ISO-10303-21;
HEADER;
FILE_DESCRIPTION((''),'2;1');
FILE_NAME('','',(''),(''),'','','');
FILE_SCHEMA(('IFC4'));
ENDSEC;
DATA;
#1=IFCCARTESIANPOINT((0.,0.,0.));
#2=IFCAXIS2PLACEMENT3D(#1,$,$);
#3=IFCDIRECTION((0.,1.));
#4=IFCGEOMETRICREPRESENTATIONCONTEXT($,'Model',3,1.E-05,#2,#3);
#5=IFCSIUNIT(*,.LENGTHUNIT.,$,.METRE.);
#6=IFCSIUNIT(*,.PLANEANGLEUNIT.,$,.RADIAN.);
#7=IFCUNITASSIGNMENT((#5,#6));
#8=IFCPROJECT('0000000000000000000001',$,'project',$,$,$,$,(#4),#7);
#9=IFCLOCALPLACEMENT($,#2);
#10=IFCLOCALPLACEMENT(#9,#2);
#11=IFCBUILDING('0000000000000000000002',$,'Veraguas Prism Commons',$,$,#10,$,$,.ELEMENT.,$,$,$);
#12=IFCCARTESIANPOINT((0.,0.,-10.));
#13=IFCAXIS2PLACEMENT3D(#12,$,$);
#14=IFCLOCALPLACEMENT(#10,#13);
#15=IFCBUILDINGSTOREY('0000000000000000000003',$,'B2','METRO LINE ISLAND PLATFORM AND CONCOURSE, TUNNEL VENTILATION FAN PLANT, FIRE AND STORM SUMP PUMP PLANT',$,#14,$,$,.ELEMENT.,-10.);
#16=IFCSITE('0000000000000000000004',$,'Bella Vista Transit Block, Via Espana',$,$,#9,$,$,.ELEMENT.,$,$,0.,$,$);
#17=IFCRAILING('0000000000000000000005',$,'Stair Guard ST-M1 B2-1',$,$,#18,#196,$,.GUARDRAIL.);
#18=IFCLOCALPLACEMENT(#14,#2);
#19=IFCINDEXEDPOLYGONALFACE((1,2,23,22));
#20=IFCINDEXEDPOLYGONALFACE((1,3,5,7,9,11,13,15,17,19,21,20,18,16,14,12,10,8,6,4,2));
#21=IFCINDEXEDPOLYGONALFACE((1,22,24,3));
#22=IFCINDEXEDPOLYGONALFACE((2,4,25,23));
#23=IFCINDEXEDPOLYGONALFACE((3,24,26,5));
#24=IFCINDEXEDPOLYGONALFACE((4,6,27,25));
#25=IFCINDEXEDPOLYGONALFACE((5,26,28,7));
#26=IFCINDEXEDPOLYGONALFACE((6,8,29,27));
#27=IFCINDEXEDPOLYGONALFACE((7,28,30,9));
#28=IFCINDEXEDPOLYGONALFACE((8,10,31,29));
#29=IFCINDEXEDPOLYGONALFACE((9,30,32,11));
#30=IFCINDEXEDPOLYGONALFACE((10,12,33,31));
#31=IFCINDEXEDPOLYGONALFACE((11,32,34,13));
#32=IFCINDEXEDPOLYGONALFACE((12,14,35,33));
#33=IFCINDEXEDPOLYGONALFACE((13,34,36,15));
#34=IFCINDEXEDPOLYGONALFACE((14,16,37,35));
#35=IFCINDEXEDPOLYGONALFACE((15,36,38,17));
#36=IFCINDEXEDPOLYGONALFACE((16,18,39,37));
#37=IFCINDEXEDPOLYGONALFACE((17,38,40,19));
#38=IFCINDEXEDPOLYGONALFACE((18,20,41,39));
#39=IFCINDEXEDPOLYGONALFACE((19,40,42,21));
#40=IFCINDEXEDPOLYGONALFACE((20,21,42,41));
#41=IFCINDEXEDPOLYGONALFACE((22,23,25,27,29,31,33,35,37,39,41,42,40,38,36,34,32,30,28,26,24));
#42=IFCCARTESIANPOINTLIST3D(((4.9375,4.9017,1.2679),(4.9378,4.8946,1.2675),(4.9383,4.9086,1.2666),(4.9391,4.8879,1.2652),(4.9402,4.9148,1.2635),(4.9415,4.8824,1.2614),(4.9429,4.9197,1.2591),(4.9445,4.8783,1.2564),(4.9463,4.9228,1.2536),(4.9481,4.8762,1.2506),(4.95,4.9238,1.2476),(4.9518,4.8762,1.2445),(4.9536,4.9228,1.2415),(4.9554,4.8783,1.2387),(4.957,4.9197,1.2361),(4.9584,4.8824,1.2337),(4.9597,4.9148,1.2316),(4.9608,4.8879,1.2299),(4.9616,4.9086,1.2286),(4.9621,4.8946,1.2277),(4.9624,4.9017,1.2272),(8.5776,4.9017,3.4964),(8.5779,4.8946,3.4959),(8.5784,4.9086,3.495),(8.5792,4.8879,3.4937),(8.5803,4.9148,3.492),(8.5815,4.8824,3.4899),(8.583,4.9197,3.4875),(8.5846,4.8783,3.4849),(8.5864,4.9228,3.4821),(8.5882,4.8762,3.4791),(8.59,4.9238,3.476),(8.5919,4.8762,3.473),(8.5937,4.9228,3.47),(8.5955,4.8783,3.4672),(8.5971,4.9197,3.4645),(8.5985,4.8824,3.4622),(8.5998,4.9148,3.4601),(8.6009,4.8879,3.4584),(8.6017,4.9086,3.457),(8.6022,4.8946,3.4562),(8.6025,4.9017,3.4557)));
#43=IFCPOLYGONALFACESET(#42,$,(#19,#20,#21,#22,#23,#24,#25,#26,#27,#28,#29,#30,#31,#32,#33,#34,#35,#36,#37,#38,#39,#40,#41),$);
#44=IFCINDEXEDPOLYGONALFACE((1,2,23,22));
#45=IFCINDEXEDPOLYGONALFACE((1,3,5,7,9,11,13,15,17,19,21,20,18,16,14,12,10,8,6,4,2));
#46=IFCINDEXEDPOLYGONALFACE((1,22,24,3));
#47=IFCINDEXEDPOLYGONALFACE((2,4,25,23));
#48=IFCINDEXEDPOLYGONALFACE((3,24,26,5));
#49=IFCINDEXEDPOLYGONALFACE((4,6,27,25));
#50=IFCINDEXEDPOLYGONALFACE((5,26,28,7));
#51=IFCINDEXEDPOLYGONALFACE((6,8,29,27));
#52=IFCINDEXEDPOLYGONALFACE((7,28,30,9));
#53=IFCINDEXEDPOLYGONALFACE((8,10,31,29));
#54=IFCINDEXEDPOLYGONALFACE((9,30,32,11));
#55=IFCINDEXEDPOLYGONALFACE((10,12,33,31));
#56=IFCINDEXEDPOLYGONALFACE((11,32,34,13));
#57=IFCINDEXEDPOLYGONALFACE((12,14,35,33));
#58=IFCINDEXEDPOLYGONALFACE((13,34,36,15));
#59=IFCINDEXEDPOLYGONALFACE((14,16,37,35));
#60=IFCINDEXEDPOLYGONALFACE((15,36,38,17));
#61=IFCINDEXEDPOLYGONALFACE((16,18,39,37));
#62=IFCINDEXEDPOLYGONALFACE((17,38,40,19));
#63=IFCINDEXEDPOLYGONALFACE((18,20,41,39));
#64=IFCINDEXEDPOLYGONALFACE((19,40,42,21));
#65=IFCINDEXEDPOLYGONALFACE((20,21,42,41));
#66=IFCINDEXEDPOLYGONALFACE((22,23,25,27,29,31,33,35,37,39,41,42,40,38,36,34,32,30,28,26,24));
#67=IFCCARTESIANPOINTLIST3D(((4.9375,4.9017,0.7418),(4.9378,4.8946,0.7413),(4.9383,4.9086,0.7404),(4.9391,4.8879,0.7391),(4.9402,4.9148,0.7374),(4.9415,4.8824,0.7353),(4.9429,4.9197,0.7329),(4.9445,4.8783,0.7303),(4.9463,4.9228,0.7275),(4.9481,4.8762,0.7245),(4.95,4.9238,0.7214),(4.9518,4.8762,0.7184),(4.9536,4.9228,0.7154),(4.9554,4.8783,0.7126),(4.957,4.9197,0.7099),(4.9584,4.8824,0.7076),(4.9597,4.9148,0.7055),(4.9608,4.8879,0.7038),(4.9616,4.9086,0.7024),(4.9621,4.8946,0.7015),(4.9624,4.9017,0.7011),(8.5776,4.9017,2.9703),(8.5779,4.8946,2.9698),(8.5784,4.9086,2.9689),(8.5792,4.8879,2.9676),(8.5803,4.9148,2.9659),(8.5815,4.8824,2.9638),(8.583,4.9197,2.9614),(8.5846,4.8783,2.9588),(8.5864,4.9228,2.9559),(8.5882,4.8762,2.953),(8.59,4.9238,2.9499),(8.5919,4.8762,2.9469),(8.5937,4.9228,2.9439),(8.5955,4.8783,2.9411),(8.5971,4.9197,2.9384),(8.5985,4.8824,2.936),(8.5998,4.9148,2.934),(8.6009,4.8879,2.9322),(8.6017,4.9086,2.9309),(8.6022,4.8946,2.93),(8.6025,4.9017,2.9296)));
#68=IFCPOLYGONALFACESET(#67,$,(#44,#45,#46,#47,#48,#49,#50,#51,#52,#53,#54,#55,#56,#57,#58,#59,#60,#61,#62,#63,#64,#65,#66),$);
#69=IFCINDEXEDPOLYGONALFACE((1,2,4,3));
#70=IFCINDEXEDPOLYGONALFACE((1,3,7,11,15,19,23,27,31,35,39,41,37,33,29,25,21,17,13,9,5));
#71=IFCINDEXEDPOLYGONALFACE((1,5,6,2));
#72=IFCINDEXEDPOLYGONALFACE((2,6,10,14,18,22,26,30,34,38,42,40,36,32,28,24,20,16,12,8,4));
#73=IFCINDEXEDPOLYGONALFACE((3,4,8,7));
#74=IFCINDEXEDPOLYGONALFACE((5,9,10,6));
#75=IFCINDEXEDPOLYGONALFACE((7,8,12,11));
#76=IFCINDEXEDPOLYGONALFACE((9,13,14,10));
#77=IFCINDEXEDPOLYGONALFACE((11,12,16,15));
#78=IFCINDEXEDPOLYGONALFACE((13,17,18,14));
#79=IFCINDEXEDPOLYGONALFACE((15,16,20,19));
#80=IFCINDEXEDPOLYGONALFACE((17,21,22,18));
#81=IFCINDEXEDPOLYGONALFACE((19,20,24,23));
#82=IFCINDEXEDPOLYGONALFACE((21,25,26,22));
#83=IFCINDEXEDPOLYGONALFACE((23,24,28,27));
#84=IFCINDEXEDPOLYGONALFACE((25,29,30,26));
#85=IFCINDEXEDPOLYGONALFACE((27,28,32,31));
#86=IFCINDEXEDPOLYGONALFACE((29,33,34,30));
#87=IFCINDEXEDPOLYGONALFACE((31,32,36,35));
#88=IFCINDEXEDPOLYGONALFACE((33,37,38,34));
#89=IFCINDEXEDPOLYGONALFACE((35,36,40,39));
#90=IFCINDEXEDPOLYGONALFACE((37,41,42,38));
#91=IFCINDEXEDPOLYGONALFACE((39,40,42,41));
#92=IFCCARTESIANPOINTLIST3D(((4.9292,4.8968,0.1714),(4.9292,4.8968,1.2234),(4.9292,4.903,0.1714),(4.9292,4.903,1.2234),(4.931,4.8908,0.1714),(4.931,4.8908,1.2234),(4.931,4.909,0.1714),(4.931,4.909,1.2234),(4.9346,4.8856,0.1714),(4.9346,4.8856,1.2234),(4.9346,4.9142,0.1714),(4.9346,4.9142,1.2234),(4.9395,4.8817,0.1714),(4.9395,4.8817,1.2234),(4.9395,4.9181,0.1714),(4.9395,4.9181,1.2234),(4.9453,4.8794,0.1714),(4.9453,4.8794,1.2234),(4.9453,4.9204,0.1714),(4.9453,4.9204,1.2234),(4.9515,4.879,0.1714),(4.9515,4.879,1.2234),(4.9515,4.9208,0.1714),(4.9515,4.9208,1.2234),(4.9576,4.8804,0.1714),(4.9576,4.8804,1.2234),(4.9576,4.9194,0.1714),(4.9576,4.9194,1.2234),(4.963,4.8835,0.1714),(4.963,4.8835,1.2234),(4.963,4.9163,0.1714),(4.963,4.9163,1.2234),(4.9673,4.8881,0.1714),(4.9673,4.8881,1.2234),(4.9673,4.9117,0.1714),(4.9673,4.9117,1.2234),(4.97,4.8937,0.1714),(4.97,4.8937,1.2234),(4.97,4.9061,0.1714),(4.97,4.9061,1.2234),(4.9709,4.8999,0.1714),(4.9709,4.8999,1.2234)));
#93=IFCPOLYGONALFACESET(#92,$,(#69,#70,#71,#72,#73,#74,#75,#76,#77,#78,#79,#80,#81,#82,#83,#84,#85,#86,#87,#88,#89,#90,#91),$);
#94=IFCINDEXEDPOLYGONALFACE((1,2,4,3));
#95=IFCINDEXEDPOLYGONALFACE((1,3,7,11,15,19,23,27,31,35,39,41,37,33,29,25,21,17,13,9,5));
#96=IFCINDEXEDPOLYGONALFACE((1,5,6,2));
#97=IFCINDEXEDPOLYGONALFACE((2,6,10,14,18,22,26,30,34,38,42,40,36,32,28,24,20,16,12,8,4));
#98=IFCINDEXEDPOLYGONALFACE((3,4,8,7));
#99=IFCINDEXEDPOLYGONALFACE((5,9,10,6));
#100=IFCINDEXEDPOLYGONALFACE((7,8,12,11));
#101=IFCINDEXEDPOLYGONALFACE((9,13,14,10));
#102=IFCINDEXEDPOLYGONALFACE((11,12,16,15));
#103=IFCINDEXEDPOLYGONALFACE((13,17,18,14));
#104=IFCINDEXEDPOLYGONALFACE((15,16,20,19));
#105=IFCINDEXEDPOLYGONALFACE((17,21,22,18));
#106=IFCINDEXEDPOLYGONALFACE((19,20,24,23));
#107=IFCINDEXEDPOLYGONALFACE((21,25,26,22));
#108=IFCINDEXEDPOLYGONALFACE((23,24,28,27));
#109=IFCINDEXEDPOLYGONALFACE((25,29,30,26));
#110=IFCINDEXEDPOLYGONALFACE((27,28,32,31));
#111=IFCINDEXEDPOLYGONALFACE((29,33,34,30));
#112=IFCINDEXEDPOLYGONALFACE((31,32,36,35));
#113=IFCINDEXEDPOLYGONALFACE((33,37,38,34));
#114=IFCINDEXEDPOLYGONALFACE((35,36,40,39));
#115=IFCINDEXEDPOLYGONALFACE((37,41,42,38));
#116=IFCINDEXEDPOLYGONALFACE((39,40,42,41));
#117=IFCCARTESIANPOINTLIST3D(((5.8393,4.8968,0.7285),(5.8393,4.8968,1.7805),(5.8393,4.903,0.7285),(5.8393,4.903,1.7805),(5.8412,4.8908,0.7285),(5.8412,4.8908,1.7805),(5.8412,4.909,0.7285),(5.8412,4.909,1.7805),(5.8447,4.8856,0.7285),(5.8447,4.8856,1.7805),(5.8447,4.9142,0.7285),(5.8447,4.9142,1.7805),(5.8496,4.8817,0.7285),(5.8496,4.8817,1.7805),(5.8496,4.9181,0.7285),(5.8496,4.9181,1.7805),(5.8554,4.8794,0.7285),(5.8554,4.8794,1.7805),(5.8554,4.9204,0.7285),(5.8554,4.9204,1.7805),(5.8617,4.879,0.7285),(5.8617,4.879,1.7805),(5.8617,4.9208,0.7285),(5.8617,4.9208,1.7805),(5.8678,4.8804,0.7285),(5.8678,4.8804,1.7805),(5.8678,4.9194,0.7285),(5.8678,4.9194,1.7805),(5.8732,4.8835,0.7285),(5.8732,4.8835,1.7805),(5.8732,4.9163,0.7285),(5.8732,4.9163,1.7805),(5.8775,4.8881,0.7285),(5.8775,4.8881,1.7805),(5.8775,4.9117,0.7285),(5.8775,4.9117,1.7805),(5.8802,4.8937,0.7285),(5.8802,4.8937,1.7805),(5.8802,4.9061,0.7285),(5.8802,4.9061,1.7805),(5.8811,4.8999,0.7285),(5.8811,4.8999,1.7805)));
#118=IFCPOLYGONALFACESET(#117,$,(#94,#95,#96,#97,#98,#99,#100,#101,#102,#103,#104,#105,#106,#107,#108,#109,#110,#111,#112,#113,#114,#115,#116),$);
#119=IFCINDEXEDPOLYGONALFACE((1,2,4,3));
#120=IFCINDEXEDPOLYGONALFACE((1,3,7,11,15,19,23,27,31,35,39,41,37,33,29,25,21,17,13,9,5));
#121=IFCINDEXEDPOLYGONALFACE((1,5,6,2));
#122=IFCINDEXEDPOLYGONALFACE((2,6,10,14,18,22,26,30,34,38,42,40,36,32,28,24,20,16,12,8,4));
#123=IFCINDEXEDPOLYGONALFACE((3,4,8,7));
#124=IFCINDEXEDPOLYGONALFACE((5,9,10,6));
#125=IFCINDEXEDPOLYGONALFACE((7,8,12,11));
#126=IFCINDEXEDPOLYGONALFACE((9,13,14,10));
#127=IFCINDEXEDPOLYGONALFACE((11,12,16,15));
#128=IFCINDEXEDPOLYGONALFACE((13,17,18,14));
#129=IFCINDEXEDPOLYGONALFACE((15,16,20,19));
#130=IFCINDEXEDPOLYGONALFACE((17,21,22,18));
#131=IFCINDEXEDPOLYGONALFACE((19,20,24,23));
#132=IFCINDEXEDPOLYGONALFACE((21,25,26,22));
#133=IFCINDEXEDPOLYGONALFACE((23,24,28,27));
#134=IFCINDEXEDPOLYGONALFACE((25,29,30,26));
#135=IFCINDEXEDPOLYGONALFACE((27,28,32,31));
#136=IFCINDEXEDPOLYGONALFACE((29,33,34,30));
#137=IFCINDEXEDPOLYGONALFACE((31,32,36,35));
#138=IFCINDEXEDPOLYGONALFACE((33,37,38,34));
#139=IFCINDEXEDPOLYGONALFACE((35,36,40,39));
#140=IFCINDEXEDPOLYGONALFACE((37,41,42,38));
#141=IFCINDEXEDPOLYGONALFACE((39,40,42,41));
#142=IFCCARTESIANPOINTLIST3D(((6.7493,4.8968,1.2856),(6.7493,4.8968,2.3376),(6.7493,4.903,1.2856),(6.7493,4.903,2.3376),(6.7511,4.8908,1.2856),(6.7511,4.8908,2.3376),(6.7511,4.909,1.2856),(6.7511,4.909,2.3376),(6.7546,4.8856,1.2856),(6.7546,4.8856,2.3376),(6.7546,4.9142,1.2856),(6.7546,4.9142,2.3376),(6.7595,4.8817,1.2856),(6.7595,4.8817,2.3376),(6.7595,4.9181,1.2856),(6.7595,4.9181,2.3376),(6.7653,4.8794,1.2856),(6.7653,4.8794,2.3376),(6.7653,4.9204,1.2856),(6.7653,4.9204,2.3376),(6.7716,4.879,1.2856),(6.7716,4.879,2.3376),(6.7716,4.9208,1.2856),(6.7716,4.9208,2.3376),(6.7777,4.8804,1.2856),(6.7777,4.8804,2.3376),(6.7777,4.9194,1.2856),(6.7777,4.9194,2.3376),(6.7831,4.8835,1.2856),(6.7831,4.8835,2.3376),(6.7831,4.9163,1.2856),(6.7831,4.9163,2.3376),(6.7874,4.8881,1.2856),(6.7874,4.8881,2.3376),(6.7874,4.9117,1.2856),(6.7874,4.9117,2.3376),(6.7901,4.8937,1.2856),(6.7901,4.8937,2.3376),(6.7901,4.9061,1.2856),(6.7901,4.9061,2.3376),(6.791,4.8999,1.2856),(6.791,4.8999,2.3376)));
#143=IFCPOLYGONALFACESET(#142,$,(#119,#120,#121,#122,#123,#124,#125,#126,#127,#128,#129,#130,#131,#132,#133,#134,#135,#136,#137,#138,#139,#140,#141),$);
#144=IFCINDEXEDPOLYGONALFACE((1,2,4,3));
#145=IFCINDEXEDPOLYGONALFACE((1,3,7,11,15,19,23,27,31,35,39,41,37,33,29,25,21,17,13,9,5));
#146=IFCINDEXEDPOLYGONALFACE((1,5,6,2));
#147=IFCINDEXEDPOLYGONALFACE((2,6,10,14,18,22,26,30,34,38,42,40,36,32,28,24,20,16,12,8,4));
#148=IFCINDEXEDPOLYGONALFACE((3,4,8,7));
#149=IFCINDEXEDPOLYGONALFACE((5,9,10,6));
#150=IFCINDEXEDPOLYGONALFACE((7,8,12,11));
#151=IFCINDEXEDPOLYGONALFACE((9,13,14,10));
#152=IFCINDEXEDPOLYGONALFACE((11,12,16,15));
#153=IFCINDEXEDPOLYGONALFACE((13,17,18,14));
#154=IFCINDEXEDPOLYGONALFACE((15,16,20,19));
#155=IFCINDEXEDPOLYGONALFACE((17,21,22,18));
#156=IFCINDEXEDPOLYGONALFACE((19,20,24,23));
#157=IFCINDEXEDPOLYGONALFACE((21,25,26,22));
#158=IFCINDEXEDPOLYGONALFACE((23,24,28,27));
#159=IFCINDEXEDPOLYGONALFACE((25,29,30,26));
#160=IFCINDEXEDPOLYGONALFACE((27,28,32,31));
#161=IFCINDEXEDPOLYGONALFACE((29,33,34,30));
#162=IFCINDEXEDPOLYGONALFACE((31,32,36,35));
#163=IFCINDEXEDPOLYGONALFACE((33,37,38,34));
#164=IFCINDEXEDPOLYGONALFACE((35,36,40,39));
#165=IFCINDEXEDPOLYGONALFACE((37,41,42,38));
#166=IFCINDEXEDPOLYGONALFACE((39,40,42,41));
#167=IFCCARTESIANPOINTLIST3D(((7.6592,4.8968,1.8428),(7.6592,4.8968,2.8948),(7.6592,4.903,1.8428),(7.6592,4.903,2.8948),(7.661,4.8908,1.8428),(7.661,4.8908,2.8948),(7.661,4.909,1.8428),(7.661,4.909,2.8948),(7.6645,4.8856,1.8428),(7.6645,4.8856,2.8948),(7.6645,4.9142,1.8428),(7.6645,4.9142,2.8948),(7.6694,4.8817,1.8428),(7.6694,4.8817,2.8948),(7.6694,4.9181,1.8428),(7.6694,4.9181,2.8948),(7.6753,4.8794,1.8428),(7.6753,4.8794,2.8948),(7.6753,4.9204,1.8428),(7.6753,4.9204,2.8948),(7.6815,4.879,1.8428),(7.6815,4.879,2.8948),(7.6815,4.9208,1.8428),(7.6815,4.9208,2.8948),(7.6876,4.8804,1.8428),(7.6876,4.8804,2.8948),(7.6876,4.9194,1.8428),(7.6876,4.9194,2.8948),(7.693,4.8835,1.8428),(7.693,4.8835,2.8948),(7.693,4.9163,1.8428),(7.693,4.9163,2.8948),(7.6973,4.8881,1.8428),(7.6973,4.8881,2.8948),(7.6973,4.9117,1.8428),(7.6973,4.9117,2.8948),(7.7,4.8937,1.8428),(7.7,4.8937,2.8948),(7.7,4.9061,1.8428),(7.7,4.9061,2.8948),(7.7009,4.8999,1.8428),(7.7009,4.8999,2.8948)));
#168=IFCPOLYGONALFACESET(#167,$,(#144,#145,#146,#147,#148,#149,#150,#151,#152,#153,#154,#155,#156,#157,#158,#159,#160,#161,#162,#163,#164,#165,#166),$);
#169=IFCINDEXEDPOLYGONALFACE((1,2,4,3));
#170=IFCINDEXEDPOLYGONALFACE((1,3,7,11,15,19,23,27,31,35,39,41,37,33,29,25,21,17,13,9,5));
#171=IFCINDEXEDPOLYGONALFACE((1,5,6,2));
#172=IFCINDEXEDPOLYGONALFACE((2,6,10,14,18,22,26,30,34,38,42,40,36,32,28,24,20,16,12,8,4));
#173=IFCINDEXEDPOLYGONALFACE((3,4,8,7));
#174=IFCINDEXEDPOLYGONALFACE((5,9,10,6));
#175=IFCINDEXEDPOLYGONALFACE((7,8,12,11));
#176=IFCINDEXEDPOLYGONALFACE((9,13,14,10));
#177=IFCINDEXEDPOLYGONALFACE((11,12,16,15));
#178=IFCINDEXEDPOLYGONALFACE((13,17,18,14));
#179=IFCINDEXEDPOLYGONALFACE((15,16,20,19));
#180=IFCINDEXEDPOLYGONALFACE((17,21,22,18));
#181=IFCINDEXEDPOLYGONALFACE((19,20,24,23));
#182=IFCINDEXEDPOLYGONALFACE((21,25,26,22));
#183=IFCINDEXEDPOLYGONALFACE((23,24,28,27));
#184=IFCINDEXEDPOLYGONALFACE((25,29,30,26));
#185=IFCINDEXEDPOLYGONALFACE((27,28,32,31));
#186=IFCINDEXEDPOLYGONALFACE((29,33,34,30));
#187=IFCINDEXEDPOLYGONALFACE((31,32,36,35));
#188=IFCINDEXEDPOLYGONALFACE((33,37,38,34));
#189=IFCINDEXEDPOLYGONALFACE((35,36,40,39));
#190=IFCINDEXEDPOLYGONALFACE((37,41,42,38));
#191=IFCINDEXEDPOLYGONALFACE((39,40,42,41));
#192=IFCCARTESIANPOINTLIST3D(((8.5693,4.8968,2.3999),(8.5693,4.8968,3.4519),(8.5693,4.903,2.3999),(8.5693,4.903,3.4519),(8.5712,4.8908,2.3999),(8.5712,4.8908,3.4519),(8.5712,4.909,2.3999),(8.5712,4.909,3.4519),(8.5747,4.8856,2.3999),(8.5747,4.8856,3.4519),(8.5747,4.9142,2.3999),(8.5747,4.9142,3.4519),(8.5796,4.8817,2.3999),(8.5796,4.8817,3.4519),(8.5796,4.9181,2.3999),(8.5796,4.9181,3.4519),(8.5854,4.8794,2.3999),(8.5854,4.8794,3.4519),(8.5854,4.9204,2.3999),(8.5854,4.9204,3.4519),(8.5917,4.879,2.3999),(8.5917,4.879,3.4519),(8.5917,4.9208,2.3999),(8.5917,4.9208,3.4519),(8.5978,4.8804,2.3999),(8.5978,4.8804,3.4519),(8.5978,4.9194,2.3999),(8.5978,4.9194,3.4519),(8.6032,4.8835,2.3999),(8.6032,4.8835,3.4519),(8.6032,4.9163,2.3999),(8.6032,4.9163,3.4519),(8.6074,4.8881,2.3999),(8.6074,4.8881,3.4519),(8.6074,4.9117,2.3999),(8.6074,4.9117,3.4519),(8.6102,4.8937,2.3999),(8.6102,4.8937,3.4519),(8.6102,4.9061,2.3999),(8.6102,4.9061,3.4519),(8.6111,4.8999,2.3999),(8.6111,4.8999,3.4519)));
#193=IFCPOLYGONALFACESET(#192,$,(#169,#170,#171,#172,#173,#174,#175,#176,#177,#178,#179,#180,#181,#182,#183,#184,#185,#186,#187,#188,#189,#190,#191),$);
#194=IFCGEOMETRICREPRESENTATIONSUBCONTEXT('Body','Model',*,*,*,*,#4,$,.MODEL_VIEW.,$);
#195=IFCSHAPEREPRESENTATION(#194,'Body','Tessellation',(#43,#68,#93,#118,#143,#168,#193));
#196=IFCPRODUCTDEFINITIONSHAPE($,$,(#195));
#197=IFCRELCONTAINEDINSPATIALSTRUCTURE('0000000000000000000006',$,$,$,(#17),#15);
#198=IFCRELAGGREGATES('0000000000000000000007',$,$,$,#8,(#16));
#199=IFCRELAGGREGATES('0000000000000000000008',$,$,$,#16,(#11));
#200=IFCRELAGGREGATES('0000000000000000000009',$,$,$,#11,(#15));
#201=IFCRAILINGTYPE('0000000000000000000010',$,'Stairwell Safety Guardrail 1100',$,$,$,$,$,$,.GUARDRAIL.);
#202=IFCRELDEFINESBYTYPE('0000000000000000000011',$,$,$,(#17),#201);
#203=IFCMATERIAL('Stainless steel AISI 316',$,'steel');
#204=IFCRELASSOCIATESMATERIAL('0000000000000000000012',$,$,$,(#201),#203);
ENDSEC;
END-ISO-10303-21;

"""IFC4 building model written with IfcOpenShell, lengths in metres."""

from ifc_helpers import new_model, si_unit, direction, frame, origin, origin_2d, place, context, subcontext, project, spatial, circle, extrude, material, type_object, element, save


model = new_model("IFC4")

# Units and contexts
model_context = context("Model", 3, precision=1e-05, world=origin(), true_north=direction((0.0, 1.0)))
body_context = subcontext(model_context, "Body", "Model", "MODEL_VIEW")
ifc_project = project(units=[si_unit("LENGTHUNIT", "METRE"), si_unit("PLANEANGLEUNIT", "RADIAN")], contexts=[model_context])

# Site, building, storey
site_placement = place(None, origin())
site = spatial("IfcSite", under=ifc_project, at=site_placement, Name="Bella Vista Transit Block, Via Espana", CompositionType="ELEMENT", RefElevation=0.0)
building_placement = place(site_placement, origin())
building = spatial("IfcBuilding", under=site, at=building_placement, Name="Veraguas Prism Commons", CompositionType="ELEMENT")
storey_placement = place(building_placement, frame((0.0, 0.0, -10.0)))
storey = spatial("IfcBuildingStorey", under=building, at=storey_placement, Name="B2", Description="METRO LINE ISLAND PLATFORM AND CONCOURSE, TUNNEL VENTILATION FAN PLANT, FIRE AND STORM SUMP PUMP PLANT", CompositionType="ELEMENT", Elevation=-10.0)

# Railing
ifc_material_1 = material(Name="Stainless steel AISI 316", Category="steel")
railing_type_1 = type_object("IfcRailingType", Name="Stairwell Safety Guardrail 1100", PredefinedType="GUARDRAIL", material=ifc_material_1)
railing_1_placement = place(storey_placement, frame((4.95, 4.8999, 0.1714)))
element("IfcRailing", 1, at=railing_1_placement, inside=storey, type_object=railing_type_1, Name="Stair Guard ST-M1 B2-1", PredefinedType="GUARDRAIL", context=body_context, shape_type="SweptSolid", body=[
    extrude(circle(Radius=0.0239, at=origin_2d()), frame((0.0, 0.0, 1.0762), z_axis=(0.852866, 0.0, 0.52213), x_axis=(0.0, 1.0, 0.0)), (0.0, 0.0, 1.0), 4.2681),
    extrude(circle(Radius=0.0239, at=origin_2d()), frame((0.0, 0.0, 0.55), z_axis=(0.852866, 0.0, 0.52213), x_axis=(0.0, 1.0, 0.0)), (0.0, 0.0, 1.0), 4.2681),
    extrude(circle(Radius=0.021, at=origin_2d()), origin(), (0.0, 0.0, 1.0), 1.052),
    extrude(circle(Radius=0.021, at=origin_2d()), frame((0.9102, 0.0, 0.5571)), (0.0, 0.0, 1.0), 1.052),
    extrude(circle(Radius=0.021, at=origin_2d()), frame((1.8201, 0.0, 1.1143)), (0.0, 0.0, 1.0), 1.052),
    extrude(circle(Radius=0.021, at=origin_2d()), frame((2.73, 0.0, 1.6714)), (0.0, 0.0, 1.0), 1.052),
    extrude(circle(Radius=0.021, at=origin_2d()), frame((3.6401, 0.0, 2.2285)), (0.0, 0.0, 1.0), 1.052),
])

save(model, "model.ifc")
